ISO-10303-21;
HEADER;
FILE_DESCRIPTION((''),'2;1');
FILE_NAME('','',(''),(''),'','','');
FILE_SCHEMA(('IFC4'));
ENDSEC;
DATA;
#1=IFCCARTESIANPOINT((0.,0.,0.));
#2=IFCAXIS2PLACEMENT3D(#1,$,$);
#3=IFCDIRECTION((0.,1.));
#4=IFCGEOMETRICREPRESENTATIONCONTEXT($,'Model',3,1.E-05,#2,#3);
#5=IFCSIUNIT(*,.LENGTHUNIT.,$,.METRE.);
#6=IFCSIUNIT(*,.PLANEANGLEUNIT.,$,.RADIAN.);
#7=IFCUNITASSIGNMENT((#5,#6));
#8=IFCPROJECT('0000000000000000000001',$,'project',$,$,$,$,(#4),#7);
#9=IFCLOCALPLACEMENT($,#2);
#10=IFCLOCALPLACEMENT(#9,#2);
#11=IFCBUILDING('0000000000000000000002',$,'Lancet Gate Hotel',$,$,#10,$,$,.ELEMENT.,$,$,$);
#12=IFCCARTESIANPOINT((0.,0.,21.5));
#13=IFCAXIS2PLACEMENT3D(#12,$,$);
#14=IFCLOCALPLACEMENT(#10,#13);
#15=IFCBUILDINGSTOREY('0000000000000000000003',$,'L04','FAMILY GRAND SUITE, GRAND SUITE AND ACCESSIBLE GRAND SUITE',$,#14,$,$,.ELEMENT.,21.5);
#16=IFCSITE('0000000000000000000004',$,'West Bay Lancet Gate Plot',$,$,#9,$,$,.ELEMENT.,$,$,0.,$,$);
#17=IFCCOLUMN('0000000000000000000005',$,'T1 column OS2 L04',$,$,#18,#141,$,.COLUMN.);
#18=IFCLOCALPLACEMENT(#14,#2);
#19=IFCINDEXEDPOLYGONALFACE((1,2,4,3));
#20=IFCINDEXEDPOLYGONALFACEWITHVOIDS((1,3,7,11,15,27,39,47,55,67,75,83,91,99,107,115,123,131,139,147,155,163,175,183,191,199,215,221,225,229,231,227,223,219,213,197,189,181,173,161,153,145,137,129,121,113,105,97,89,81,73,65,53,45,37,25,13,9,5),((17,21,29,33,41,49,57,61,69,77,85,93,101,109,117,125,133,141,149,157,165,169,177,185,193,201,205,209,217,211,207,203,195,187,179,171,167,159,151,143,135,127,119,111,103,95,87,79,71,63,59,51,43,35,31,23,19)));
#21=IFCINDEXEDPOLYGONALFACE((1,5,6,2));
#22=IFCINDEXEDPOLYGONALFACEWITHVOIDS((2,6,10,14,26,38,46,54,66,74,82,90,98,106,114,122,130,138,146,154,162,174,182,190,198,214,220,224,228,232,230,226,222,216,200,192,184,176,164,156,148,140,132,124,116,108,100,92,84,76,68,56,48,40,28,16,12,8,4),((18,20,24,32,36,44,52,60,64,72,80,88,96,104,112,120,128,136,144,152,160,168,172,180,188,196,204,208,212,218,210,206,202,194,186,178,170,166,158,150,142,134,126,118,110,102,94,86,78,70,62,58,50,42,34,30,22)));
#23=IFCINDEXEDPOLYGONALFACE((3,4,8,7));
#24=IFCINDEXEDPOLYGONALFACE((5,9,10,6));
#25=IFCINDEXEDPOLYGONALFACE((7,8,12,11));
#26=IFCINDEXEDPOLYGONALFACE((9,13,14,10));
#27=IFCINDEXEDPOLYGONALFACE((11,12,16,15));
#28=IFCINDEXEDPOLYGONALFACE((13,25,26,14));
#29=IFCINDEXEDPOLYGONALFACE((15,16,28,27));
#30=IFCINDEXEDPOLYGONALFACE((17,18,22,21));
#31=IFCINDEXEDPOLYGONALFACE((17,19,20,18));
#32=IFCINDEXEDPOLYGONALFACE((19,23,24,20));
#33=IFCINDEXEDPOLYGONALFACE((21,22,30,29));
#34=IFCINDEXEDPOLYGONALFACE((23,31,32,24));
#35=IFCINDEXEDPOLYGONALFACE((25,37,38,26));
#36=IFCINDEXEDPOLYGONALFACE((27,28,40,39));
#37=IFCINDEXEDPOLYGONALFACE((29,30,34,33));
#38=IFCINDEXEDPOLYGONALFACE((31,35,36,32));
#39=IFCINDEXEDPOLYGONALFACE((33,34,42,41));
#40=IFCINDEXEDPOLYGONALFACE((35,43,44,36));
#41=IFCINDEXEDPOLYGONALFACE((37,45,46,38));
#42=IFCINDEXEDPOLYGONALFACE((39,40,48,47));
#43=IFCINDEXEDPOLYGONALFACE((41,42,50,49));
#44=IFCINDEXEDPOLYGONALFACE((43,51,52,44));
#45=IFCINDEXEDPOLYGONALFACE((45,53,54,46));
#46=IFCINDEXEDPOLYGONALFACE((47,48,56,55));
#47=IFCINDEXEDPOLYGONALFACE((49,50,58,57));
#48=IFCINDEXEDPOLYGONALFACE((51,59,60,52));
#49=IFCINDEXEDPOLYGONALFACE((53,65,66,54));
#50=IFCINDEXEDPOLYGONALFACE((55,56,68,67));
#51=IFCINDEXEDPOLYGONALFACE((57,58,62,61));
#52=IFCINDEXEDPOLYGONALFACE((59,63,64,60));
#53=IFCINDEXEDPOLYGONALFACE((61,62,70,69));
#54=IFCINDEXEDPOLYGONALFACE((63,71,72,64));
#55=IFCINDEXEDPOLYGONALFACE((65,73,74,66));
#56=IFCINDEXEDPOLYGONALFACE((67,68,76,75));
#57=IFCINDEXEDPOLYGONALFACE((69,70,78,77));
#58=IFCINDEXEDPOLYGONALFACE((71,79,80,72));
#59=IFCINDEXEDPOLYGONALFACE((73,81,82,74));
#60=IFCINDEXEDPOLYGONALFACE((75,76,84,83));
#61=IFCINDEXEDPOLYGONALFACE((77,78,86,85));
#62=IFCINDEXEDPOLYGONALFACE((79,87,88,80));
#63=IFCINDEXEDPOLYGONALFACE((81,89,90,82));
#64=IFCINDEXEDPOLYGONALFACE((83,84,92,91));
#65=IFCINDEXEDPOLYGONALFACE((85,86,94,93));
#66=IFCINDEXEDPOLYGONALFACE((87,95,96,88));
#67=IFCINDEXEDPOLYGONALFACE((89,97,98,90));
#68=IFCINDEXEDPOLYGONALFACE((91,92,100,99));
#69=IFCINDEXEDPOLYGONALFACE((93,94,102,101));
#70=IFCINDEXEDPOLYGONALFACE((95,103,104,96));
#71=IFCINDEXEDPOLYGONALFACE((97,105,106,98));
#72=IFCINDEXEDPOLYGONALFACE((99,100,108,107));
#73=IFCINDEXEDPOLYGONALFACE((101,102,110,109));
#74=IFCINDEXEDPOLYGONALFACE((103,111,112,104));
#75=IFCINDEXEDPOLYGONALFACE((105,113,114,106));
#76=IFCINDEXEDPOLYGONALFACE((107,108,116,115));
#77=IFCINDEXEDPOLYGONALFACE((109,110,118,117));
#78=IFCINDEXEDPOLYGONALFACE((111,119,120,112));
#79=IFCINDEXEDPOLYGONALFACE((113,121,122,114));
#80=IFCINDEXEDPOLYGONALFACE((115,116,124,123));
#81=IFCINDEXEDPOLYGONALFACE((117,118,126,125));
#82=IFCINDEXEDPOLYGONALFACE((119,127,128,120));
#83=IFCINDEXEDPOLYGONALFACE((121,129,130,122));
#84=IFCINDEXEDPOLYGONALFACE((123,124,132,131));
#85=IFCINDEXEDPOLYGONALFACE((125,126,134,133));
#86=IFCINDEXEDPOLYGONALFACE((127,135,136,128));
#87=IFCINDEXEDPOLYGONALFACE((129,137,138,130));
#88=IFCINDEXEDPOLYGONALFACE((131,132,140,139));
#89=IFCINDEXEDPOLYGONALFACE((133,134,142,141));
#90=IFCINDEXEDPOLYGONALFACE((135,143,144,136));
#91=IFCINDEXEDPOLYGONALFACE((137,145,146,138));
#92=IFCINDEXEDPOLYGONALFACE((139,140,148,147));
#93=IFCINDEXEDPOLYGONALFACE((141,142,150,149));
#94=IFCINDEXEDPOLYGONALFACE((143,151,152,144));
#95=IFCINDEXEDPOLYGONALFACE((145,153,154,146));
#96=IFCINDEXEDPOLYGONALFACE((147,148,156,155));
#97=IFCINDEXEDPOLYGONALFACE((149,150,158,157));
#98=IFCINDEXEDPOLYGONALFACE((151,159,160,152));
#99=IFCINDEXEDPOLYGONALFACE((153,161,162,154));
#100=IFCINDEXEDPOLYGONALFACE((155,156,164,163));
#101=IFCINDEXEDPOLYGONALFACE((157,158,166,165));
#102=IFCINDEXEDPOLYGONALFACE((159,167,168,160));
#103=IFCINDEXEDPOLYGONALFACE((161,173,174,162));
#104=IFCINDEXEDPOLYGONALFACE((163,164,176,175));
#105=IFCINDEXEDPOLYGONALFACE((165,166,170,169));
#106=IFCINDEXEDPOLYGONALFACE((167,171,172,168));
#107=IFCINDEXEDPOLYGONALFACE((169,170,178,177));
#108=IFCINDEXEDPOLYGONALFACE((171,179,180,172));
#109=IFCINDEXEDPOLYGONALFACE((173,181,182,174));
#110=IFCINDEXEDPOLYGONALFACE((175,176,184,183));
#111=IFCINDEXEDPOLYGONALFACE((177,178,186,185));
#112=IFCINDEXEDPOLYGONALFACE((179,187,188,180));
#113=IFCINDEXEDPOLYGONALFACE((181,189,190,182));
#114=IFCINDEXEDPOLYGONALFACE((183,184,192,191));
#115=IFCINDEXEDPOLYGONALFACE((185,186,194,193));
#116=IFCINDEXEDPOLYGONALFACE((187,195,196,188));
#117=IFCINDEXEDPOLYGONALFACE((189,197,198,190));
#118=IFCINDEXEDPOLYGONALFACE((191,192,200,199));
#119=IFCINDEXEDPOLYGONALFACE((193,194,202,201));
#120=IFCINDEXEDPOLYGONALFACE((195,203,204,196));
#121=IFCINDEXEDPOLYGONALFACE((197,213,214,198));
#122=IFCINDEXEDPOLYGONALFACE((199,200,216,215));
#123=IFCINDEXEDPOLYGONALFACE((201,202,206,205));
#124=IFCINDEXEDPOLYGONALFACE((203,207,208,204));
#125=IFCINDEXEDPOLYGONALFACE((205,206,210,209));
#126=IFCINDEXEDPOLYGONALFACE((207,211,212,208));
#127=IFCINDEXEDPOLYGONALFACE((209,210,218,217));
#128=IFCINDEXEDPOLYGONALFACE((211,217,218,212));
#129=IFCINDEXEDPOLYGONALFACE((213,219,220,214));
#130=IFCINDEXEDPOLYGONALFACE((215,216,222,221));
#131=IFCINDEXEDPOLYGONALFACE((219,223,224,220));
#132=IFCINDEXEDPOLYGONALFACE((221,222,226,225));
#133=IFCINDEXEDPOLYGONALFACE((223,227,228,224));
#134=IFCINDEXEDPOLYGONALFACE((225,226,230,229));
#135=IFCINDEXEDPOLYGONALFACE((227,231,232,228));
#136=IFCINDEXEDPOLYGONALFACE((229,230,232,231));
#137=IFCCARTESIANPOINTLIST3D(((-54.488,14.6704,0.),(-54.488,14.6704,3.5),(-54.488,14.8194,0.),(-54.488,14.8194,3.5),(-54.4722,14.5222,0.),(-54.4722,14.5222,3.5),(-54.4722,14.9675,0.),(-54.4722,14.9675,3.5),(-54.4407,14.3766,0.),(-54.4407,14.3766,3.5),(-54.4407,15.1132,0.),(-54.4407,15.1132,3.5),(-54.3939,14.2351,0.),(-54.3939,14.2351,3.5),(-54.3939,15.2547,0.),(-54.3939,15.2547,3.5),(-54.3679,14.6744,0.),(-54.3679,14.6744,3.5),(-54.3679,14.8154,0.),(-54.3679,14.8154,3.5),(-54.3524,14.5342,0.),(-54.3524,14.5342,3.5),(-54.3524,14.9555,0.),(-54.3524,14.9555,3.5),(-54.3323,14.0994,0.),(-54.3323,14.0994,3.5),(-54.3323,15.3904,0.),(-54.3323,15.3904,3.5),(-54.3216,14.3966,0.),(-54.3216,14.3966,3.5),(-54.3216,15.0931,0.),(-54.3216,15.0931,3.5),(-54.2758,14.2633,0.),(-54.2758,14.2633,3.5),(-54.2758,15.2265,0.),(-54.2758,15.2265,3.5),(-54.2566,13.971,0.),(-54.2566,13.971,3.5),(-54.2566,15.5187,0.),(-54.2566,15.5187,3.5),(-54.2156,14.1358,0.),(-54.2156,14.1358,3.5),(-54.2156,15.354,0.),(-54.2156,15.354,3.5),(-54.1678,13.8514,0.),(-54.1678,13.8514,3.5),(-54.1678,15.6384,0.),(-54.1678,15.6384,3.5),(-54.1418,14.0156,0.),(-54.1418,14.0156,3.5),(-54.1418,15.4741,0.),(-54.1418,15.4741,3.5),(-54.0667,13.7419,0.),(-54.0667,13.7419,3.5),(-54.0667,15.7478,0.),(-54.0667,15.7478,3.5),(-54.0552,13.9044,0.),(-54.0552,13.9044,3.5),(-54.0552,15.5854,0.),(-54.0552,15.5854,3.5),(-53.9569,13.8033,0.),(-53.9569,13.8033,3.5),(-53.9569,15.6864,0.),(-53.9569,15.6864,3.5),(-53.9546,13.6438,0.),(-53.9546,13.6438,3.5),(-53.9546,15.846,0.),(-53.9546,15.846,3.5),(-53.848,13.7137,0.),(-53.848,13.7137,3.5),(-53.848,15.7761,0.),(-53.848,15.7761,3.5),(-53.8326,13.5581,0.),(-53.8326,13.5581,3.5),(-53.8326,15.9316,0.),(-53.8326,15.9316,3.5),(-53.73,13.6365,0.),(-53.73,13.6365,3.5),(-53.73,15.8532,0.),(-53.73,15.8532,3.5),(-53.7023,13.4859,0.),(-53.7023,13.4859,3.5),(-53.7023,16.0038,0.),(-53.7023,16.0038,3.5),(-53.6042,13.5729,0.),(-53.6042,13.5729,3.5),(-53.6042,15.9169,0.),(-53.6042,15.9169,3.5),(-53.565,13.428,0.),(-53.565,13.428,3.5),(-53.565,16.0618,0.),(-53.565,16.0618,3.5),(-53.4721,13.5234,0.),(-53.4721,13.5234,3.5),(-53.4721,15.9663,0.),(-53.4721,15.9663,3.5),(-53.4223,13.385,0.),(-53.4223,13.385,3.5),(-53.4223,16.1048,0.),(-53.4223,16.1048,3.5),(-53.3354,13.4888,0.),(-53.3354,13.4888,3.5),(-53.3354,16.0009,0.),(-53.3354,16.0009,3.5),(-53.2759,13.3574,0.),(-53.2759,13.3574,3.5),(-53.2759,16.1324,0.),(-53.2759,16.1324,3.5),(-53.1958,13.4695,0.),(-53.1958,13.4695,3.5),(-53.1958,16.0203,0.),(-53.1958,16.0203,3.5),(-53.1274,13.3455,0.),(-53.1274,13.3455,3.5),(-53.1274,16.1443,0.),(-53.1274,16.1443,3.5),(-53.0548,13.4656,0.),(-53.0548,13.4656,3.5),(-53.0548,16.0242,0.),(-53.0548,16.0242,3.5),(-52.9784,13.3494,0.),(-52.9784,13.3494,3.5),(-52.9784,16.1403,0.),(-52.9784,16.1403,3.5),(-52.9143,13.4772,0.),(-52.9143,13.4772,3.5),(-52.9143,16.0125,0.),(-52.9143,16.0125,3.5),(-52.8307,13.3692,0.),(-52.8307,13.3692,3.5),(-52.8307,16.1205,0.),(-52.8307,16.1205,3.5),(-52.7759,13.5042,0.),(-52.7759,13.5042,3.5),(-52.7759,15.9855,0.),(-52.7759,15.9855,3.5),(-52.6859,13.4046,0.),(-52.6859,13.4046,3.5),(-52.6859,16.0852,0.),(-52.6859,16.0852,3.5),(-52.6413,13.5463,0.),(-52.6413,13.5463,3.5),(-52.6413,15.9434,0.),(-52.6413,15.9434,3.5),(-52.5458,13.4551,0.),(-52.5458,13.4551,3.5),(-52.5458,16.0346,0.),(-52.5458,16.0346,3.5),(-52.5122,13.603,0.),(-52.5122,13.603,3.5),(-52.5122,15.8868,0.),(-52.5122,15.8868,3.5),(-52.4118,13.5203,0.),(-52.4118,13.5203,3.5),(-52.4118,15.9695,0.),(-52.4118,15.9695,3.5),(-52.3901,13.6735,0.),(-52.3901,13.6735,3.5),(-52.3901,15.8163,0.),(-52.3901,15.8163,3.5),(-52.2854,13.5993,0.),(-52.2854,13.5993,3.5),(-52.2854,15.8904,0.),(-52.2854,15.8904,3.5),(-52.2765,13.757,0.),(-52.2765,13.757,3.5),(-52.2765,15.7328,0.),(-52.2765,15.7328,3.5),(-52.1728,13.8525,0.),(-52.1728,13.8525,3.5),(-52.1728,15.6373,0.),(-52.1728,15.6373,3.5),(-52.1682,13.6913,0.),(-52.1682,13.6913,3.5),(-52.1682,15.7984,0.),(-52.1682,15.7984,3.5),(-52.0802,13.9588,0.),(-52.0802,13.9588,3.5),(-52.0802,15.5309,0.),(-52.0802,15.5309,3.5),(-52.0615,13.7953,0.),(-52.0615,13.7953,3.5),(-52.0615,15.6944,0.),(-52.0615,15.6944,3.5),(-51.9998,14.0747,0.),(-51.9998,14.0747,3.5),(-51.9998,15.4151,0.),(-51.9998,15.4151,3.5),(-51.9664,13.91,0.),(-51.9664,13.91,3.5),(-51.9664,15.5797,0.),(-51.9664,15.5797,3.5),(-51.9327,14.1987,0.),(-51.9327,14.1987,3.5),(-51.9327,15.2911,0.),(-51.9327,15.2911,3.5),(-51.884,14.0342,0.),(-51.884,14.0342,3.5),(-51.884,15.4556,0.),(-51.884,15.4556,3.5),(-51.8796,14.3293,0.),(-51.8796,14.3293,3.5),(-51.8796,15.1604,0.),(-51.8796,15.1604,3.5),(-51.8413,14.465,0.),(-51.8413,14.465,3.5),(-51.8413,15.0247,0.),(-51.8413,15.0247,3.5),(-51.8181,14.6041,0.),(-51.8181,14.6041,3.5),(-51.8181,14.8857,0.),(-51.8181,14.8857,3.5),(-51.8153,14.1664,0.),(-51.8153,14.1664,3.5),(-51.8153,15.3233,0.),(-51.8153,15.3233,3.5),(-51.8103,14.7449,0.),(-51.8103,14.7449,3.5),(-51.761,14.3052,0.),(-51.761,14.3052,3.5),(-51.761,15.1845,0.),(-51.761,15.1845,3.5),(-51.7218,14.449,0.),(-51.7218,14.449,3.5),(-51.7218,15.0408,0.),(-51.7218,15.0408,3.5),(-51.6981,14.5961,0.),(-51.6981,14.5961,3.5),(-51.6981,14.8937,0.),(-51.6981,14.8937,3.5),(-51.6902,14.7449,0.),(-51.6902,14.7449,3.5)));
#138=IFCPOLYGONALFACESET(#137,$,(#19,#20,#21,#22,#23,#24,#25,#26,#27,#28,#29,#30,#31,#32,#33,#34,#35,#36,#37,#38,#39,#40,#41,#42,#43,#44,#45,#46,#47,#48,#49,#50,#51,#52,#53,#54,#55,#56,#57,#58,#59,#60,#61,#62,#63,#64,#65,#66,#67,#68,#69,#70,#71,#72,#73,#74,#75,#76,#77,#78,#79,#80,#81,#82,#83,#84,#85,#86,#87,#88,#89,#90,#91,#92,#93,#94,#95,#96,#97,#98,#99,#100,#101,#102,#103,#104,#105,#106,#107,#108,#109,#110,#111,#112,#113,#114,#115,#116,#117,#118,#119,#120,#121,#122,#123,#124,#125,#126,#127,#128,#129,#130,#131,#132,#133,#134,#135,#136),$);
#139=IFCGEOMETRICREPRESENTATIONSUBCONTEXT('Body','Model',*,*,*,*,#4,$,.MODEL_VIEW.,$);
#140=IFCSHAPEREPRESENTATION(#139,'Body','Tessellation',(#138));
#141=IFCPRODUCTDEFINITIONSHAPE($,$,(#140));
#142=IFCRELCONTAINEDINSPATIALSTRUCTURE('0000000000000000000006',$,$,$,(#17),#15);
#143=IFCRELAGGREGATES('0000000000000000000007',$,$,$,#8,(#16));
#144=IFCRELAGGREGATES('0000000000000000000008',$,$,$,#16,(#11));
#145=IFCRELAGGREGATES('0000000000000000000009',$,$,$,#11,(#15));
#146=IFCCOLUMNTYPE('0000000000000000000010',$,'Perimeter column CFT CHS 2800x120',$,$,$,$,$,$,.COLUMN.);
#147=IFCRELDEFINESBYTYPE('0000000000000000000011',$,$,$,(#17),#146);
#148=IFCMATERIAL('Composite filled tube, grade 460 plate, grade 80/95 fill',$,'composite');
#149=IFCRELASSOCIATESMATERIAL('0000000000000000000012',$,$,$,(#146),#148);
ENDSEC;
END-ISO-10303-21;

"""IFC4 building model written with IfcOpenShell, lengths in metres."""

from ifc_helpers import new_model, si_unit, direction, frame, origin, origin_2d, place, context, subcontext, project, spatial, hollow_circle, extrude, material, material_profile, profile_set, type_object, element, save


model = new_model("IFC4")

# Units and contexts
model_context = context("Model", 3, precision=1e-05, world=origin(), true_north=direction((0.0, 1.0)))
body_context = subcontext(model_context, "Body", "Model", "MODEL_VIEW")
ifc_project = project(units=[si_unit("LENGTHUNIT", "METRE"), si_unit("PLANEANGLEUNIT", "RADIAN")], contexts=[model_context])

# Site, building, storey
site_placement = place(None, origin())
site = spatial("IfcSite", under=ifc_project, at=site_placement, Name="West Bay Lancet Gate Plot", CompositionType="ELEMENT", RefElevation=0.0)
building_placement = place(site_placement, origin())
building = spatial("IfcBuilding", under=site, at=building_placement, Name="Lancet Gate Hotel", CompositionType="ELEMENT")
storey_placement = place(building_placement, frame((0.0, 0.0, 21.5)))
storey = spatial("IfcBuildingStorey", under=building, at=storey_placement, Name="L04", Description="FAMILY GRAND SUITE, GRAND SUITE AND ACCESSIBLE GRAND SUITE", CompositionType="ELEMENT", Elevation=21.5)

# Column
ifc_material_1 = material(Name="Composite filled tube, grade 460 plate, grade 80/95 fill", Category="composite")
ifc_material_profile_1 = material_profile(ifc_material_1, hollow_circle(Radius=1.3999, WallThickness=0.1201, at=origin_2d()), Name="CHS 2800x120")
ifc_profile_set_1 = profile_set([ifc_material_profile_1], Name="Composite filled tube, grade 460 plate, grade 80/95 fill")
column_type = type_object("IfcColumnType", Name="Perimeter column CFT CHS 2800x120", PredefinedType="COLUMN", material=ifc_profile_set_1)
for number, where, z_axis, x_axis, name in (
    (1, (-53.0901, 14.7449, 0.0), (0.0, 0.0, 1.0), (1.0, 0.0, 0.0), "T1 column OS2 L04"),
):
    element("IfcColumn", number, at=place(storey_placement, frame(where, z_axis=z_axis, x_axis=x_axis)), inside=storey, type_object=column_type, Name=name, PredefinedType="COLUMN", context=body_context, shape_type="SweptSolid", body=[
        extrude(hollow_circle(Radius=1.3999, WallThickness=0.1201, at=origin_2d()), origin(), (0.0, 0.0, 1.0), 3.5),
    ])

save(model, "model.ifc")
